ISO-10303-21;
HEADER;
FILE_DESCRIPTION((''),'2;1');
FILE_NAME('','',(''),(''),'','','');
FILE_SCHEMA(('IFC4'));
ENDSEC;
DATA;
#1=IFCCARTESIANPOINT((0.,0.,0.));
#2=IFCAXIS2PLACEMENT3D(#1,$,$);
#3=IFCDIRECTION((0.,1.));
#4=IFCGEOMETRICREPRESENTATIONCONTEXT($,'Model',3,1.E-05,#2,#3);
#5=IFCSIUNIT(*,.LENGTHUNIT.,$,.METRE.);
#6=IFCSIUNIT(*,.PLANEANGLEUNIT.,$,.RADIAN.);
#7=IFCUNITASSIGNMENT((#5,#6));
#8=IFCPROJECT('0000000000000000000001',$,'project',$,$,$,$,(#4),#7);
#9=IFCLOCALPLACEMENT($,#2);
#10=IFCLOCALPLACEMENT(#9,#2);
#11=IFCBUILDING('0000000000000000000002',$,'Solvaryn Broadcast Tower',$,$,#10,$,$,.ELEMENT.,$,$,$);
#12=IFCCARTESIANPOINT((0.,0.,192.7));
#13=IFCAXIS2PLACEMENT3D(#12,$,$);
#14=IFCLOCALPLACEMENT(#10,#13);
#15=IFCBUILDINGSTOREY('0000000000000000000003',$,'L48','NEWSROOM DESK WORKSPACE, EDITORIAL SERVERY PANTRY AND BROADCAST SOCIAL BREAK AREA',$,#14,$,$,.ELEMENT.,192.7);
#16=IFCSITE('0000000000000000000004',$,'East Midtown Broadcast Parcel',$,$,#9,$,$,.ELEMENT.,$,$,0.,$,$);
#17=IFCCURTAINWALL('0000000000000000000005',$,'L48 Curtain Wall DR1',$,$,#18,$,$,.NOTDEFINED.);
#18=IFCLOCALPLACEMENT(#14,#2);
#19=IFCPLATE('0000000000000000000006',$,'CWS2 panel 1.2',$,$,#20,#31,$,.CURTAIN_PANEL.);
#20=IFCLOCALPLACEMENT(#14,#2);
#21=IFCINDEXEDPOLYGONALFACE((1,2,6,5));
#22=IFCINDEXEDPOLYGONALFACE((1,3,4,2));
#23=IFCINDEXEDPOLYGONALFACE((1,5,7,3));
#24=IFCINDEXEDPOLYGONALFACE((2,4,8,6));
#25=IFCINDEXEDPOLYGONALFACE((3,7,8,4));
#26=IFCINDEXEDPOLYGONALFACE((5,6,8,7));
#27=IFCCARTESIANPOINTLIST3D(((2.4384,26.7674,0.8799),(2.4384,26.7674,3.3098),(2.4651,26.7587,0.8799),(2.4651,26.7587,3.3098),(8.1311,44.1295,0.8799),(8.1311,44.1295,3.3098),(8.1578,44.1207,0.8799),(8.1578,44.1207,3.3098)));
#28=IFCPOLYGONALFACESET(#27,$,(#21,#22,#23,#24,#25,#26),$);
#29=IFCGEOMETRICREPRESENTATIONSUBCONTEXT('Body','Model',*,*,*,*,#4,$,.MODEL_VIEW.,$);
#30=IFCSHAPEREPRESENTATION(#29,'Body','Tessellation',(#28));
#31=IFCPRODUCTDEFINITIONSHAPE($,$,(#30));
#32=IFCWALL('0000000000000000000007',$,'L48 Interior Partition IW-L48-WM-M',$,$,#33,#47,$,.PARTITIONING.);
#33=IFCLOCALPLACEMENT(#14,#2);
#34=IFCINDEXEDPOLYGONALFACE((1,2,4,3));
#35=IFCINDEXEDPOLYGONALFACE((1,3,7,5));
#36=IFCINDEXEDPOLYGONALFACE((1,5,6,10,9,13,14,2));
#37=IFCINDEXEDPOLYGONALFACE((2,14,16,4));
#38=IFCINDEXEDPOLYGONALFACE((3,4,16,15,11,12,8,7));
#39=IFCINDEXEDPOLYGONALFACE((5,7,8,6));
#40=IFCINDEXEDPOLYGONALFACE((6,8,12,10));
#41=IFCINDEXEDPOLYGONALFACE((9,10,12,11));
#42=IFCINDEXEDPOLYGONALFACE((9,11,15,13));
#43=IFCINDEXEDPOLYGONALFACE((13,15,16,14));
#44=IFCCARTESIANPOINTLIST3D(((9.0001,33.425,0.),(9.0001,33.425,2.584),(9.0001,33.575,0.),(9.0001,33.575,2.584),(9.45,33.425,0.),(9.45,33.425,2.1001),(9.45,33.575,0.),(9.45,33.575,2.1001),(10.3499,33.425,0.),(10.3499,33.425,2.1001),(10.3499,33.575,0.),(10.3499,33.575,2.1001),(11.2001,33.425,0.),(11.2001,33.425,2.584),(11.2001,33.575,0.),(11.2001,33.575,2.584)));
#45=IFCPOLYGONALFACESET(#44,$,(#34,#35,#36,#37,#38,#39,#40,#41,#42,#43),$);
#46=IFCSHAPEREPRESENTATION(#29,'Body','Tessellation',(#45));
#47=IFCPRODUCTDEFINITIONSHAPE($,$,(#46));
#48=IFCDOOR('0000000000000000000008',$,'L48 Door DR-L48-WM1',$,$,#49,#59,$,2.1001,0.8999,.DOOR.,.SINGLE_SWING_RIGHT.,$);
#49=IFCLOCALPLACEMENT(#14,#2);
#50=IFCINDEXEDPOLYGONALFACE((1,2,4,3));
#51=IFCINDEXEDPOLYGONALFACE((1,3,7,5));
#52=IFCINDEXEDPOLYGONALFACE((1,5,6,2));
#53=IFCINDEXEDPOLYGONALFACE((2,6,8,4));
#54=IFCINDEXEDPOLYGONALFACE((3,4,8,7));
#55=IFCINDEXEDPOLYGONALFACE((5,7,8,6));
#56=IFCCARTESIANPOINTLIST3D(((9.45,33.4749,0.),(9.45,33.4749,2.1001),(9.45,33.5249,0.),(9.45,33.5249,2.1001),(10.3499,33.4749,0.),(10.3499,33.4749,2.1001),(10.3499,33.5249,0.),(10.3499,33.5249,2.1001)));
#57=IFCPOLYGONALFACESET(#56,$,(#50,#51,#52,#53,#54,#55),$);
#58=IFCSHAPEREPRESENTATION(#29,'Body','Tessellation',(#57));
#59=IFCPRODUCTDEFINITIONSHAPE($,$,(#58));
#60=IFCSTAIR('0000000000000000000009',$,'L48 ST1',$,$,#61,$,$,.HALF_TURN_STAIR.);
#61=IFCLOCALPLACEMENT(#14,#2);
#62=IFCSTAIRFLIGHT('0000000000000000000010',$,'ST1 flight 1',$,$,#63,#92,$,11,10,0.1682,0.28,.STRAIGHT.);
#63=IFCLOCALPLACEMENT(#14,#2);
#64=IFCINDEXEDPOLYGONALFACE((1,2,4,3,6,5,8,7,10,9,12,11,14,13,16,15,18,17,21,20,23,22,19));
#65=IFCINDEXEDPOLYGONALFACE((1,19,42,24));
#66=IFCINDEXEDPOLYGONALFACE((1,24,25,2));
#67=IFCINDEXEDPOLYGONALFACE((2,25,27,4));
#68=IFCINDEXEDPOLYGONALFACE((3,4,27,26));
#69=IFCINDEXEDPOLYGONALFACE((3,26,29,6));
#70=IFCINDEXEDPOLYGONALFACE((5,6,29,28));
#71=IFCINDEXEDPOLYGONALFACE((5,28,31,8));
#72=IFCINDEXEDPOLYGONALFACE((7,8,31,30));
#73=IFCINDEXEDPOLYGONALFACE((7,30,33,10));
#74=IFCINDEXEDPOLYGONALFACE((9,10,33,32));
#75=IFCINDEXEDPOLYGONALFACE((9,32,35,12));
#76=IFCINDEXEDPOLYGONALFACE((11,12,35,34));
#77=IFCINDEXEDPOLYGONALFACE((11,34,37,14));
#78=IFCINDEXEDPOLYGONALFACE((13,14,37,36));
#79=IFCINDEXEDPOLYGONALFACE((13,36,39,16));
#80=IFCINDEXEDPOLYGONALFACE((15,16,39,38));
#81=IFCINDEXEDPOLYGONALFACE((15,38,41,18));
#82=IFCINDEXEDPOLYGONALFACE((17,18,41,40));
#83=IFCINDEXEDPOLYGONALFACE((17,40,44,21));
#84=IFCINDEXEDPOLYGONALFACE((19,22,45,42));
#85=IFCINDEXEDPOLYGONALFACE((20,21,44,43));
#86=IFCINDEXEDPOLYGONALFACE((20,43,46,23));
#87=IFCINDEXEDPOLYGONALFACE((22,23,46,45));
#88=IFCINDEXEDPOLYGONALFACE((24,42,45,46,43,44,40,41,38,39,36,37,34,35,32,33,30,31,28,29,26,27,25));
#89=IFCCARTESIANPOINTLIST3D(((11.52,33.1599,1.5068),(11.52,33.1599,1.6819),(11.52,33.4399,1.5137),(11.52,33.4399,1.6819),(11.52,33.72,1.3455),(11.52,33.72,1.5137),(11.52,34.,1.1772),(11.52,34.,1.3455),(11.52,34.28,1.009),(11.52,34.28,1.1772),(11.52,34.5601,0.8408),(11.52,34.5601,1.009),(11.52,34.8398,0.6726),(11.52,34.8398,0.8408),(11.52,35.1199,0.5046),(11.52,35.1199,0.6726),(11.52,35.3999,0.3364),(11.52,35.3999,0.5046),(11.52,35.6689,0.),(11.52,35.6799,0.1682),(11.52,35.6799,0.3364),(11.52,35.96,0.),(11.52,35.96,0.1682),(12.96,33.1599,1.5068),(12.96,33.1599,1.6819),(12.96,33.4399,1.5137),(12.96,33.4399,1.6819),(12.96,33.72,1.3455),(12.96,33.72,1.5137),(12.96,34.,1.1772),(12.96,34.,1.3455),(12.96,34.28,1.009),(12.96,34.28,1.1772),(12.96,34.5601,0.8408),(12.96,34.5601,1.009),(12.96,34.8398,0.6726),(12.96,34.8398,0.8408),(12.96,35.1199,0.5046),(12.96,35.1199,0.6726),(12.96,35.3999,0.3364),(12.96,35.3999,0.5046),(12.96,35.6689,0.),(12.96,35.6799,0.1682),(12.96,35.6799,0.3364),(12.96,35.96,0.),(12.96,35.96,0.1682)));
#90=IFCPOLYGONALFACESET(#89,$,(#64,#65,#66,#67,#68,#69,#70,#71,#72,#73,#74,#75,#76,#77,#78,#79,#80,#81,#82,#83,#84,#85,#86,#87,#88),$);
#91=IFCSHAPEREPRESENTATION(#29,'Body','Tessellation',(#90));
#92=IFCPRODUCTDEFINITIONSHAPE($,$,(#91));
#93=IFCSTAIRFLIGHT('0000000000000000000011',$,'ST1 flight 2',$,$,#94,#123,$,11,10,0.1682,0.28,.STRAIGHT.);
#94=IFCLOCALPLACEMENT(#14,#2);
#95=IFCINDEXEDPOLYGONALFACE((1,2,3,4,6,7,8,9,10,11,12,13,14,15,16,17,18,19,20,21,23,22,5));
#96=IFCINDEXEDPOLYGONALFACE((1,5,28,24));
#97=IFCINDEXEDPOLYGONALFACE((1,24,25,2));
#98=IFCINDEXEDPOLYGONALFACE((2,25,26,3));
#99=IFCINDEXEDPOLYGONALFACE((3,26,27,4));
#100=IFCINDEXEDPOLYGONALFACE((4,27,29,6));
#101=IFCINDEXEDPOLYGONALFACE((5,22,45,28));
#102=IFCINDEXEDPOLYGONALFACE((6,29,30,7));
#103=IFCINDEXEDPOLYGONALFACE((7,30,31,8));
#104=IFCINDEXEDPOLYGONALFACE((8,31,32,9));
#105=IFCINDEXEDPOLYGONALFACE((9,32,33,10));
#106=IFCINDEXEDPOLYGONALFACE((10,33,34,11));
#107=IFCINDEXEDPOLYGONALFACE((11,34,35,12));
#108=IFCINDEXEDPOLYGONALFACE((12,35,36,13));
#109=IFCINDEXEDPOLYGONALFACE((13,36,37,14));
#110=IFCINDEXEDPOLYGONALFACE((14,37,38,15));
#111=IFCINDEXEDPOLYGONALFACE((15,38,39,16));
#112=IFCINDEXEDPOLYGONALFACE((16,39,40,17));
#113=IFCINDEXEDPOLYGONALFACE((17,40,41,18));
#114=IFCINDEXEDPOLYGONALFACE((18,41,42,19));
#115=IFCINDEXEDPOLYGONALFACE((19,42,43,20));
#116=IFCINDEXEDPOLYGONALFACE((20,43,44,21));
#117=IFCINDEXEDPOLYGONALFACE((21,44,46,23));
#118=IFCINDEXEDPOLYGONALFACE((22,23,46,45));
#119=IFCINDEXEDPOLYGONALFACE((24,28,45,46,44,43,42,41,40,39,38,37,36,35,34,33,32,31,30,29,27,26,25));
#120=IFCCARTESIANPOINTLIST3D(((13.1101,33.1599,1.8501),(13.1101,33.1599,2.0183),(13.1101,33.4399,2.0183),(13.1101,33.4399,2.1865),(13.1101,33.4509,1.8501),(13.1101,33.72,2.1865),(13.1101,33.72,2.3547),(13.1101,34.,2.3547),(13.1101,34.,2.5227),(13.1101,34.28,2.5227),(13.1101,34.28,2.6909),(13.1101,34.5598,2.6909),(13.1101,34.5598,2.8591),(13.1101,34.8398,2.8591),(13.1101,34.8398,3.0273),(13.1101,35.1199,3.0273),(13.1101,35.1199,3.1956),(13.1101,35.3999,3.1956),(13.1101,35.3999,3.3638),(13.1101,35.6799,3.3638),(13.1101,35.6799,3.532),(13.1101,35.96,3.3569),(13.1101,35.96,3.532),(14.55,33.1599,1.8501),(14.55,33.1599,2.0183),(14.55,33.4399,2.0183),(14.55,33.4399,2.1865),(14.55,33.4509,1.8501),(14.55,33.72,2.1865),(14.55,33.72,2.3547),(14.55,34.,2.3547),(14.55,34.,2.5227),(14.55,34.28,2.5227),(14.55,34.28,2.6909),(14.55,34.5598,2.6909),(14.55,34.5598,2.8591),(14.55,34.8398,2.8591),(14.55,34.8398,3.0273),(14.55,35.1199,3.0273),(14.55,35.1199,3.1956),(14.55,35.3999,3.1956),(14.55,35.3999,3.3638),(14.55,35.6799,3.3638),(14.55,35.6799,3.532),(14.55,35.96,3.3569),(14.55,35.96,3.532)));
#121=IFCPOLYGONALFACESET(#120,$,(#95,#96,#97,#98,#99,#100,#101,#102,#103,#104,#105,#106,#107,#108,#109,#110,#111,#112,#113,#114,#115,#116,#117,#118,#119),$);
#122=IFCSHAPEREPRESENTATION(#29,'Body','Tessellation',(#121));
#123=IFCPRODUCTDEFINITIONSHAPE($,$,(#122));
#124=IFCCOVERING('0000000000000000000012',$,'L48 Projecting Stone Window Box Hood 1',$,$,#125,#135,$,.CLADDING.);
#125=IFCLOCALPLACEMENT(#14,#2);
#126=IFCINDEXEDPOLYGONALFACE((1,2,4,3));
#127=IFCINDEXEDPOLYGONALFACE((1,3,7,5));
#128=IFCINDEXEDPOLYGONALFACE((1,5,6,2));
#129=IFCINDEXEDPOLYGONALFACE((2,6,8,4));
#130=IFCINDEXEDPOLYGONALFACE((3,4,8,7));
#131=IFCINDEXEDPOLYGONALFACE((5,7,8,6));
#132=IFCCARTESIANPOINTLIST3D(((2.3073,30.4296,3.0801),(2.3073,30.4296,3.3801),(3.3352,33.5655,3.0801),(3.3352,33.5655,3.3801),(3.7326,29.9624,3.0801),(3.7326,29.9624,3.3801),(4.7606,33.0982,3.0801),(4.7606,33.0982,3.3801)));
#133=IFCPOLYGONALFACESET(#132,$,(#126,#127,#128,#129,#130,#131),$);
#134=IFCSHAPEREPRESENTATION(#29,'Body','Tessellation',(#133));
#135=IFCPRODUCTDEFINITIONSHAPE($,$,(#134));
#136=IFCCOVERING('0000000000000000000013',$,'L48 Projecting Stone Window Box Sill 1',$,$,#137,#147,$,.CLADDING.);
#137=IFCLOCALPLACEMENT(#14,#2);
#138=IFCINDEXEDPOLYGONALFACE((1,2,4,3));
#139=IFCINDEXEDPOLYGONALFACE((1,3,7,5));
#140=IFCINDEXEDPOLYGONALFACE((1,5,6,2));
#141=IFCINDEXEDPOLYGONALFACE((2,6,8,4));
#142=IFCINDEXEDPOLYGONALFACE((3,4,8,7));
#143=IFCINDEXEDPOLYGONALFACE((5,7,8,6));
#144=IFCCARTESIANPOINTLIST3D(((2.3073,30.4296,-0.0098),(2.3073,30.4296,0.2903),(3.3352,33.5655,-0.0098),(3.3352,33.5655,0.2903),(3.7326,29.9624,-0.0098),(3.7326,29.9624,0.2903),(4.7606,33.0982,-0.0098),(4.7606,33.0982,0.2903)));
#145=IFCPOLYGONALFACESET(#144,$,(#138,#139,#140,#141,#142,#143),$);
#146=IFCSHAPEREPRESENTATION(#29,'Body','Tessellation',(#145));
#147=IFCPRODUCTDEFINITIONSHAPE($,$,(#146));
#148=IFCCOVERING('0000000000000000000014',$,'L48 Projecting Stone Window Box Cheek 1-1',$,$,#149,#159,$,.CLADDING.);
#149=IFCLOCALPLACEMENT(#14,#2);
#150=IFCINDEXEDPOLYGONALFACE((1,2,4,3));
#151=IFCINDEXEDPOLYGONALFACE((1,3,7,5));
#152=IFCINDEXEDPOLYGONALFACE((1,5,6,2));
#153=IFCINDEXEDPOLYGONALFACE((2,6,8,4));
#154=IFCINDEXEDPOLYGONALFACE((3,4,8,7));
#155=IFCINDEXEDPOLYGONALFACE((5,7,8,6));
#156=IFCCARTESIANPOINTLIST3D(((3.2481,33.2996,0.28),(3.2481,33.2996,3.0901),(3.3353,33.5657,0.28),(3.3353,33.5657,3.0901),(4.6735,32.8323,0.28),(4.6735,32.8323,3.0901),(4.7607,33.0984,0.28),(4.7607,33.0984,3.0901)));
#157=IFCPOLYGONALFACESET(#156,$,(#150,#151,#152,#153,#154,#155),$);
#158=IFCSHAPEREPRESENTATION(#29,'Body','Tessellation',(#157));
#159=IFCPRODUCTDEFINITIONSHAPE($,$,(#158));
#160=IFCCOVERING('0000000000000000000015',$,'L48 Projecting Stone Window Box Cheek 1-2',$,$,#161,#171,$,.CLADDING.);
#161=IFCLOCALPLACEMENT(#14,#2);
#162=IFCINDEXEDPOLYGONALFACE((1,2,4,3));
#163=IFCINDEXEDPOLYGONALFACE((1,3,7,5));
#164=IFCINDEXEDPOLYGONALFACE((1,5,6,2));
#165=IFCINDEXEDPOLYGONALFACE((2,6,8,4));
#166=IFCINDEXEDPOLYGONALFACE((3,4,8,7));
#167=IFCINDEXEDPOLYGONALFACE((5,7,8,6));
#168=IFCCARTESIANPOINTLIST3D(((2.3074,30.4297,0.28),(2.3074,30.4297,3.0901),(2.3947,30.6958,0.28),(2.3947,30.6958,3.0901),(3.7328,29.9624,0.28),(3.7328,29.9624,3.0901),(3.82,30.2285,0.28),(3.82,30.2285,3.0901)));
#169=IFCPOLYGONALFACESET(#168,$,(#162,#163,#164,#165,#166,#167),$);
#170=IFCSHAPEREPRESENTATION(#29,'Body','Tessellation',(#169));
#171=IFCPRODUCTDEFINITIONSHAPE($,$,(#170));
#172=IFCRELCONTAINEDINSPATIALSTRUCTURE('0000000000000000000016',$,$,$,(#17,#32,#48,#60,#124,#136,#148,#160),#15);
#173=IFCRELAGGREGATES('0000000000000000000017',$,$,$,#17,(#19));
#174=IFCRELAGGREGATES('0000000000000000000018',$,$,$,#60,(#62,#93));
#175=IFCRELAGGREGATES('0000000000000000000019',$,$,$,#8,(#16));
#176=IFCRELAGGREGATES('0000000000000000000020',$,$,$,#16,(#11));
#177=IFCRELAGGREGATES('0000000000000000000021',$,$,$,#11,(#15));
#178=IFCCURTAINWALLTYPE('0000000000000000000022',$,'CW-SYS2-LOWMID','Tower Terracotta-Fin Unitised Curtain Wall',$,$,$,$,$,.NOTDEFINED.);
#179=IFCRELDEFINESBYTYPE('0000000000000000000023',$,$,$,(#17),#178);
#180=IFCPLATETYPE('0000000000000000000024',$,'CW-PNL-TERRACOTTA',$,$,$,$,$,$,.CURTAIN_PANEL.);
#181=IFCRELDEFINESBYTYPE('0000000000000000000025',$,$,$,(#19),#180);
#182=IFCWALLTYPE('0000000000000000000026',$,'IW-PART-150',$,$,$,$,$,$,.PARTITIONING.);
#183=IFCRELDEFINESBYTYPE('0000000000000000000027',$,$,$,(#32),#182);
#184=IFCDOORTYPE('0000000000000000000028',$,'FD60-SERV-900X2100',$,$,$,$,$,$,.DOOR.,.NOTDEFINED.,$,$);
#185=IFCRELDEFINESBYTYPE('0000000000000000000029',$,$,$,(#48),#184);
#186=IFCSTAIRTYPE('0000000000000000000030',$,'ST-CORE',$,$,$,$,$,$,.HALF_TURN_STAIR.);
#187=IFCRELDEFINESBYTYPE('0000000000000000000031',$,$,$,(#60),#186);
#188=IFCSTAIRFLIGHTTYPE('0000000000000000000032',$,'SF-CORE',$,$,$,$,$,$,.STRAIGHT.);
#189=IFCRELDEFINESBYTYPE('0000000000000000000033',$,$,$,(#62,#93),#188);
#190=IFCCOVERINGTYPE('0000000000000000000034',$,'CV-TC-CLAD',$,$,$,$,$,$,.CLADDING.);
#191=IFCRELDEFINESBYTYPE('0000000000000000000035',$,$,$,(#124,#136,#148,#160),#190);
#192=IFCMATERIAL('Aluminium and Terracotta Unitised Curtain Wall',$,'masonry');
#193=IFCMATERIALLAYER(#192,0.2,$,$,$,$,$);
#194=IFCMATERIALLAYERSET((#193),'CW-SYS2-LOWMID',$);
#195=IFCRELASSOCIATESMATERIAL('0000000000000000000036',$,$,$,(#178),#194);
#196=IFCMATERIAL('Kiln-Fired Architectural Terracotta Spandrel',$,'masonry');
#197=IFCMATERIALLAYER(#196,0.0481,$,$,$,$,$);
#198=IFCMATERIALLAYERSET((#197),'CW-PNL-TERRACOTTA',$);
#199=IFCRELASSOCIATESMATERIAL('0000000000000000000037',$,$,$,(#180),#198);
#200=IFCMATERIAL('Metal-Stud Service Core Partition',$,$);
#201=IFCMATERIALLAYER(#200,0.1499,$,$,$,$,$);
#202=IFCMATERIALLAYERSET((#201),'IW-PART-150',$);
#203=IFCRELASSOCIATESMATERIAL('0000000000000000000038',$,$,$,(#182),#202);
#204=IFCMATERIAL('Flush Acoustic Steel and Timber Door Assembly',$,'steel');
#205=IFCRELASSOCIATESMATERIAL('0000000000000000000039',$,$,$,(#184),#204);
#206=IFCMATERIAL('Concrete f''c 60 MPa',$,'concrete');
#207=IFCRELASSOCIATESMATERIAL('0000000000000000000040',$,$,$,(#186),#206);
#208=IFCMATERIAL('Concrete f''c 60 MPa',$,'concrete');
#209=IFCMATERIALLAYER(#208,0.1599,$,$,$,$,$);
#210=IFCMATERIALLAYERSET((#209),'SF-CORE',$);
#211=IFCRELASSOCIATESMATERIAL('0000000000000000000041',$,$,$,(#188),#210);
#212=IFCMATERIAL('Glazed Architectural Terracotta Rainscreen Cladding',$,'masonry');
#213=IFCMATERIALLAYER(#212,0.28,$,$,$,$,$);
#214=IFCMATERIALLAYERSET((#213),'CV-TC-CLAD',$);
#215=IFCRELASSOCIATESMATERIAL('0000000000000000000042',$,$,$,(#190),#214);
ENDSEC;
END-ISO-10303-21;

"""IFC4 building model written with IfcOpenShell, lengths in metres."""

from ifc_helpers import new_model, si_unit, direction, frame, frame_2d, origin, origin_2d, place, context, subcontext, project, spatial, polyline, rectangle, outline, extrude, material, layer, layer_set, type_object, element, fill, aggregate, save


model = new_model("IFC4")

# Units and contexts
model_context = context("Model", 3, precision=1e-05, world=origin(), true_north=direction((0.0, 1.0)))
body_context = subcontext(model_context, "Body", "Model", "MODEL_VIEW")
ifc_project = project(units=[si_unit("LENGTHUNIT", "METRE"), si_unit("PLANEANGLEUNIT", "RADIAN")], contexts=[model_context])

# Site, building, storey
site_placement = place(None, origin())
site = spatial("IfcSite", under=ifc_project, at=site_placement, Name="East Midtown Broadcast Parcel", CompositionType="ELEMENT", RefElevation=0.0)
building_placement = place(site_placement, origin())
building = spatial("IfcBuilding", under=site, at=building_placement, Name="Solvaryn Broadcast Tower", CompositionType="ELEMENT")
storey_placement = place(building_placement, frame((0.0, 0.0, 192.7)))
storey = spatial("IfcBuildingStorey", under=building, at=storey_placement, Name="L48", Description="NEWSROOM DESK WORKSPACE, EDITORIAL SERVERY PANTRY AND BROADCAST SOCIAL BREAK AREA", CompositionType="ELEMENT", Elevation=192.7)

# Curtain wall, plate
ifc_material_1 = material(Name="Aluminium and Terracotta Unitised Curtain Wall", Category="masonry")
ifc_layer_1 = layer(ifc_material_1, 0.2)
ifc_layer_set_1 = layer_set([ifc_layer_1], Name="CW-SYS2-LOWMID")
curtain_wall_type = type_object("IfcCurtainWallType", Name="CW-SYS2-LOWMID", Description="Tower Terracotta-Fin Unitised Curtain Wall", PredefinedType="NOTDEFINED", material=ifc_layer_set_1)
curtain_wall_placement = place(storey_placement, origin())
curtain_wall = element("IfcCurtainWall", 1, at=curtain_wall_placement, inside=storey, type_object=curtain_wall_type, Name="L48 Curtain Wall DR1", PredefinedType="NOTDEFINED")
ifc_material_2 = material(Name="Kiln-Fired Architectural Terracotta Spandrel", Category="masonry")
ifc_layer_2 = layer(ifc_material_2, 0.0481)
ifc_layer_set_2 = layer_set([ifc_layer_2], Name="CW-PNL-TERRACOTTA")
plate_type = type_object("IfcPlateType", Name="CW-PNL-TERRACOTTA", PredefinedType="CURTAIN_PANEL", material=ifc_layer_set_2)
plate_1_placement = place(storey_placement, frame((5.2981, 35.4441, 0.8799), z_axis=(0.0, 0.0, 1.0), x_axis=(-0.311559, -0.950227, 0.0)))
plate_1 = element("IfcPlate", 2, at=plate_1_placement, type_object=plate_type, Name="CWS2 panel 1.2", PredefinedType="CURTAIN_PANEL", context=body_context, shape_type="SweptSolid", body=[
    extrude(rectangle(XDim=18.2715, YDim=0.0281, at=origin_2d()), origin(), (0.0, 0.0, 1.0), 2.4299),
])
aggregate(curtain_wall, [plate_1])

# Wall, opening, door
ifc_material_3 = material(Name="Metal-Stud Service Core Partition")
ifc_layer_3 = layer(ifc_material_3, 0.1499)
ifc_layer_set_3 = layer_set([ifc_layer_3], Name="IW-PART-150")
wall_type = type_object("IfcWallType", Name="IW-PART-150", PredefinedType="PARTITIONING", material=ifc_layer_set_3)
wall_placement = place(storey_placement, frame((9.0, 33.5, 0.0), z_axis=(0.0, 0.0, 1.0), x_axis=(1.0, 0.0, 0.0)))
wall = element("IfcWall", 3, at=wall_placement, inside=storey, type_object=wall_type, Name="L48 Interior Partition IW-L48-WM-M", PredefinedType="PARTITIONING", context=body_context, shape_type="SweptSolid", body=[
    extrude(rectangle(XDim=2.2, YDim=0.1499, at=frame_2d((1.1001, 0.0))), origin(), (0.0, 0.0, 1.0), 2.584),
])
opening_placement = place(wall_placement, frame((0.45, 0.0, 0.0)))
opening = element("IfcOpeningElement", 4, at=opening_placement, cuts=wall, PredefinedType="OPENING", context=body_context, shape_type="SweptSolid", body=[
    extrude(rectangle(XDim=0.8999, YDim=2.1001, at=frame_2d((0.45, 1.05))), frame((0.0, 0.085, 0.0), z_axis=(0.0, -1.0, 0.0), x_axis=(1.0, 0.0, 0.0)), (0.0, 0.0, 1.0), 0.1699),
])
ifc_material_4 = material(Name="Flush Acoustic Steel and Timber Door Assembly", Category="steel")
door_type = type_object("IfcDoorType", Name="FD60-SERV-900X2100", OperationType="NOTDEFINED", PredefinedType="DOOR", material=ifc_material_4)
door_placement = place(opening_placement, origin())
door = element("IfcDoor", 5, at=door_placement, inside=storey, type_object=door_type, Name="L48 Door DR-L48-WM1", OperationType="SINGLE_SWING_RIGHT", OverallHeight=2.1001, OverallWidth=0.8999, PredefinedType="DOOR", context=body_context, shape_type="SweptSolid", body=[
    extrude(rectangle(XDim=0.8999, YDim=2.1001, at=frame_2d((0.45, 1.05))), frame((0.0, 0.0249, 0.0), z_axis=(0.0, -1.0, 0.0), x_axis=(1.0, 0.0, 0.0)), (0.0, 0.0, 1.0), 0.05),
])
fill(opening, door)

# Stair, stair flights
ifc_material_5 = material(Name="Concrete f'c 60 MPa", Category="concrete")
stair_type = type_object("IfcStairType", Name="ST-CORE", PredefinedType="HALF_TURN_STAIR", material=ifc_material_5)
stair_placement = place(storey_placement, origin())
stair = element("IfcStair", 6, at=stair_placement, inside=storey, type_object=stair_type, Name="L48 ST1", PredefinedType="HALF_TURN_STAIR")
ifc_material_6 = material(Name="Concrete f'c 60 MPa", Category="concrete")
ifc_layer_4 = layer(ifc_material_6, 0.1599)
ifc_layer_set_4 = layer_set([ifc_layer_4], Name="SF-CORE")
stair_flight_type = type_object("IfcStairFlightType", Name="SF-CORE", PredefinedType="STRAIGHT", material=ifc_layer_set_4)
stair_flight_1_placement = place(storey_placement, frame((12.24, 35.96, 0.0), z_axis=(0.0, 0.0, 1.0), x_axis=(0.0, -1.0, 0.0)))
stair_flight_1 = element("IfcStairFlight", 7, at=stair_flight_1_placement, type_object=stair_flight_type, Name="ST1 flight 1", NumberOfRisers=11, NumberOfTreads=10, PredefinedType="STRAIGHT", RiserHeight=0.1682, TreadLength=0.28, context=body_context, shape_type="SweptSolid", body=[
    extrude(outline(polyline([(0.0, 0.0), (0.0, 0.1682), (0.28, 0.1682), (0.28, 0.3364), (0.5601, 0.3364), (0.5601, 0.5046), (0.8401, 0.5046), (0.8401, 0.6726), (1.1201, 0.6726), (1.1201, 0.8408), (1.3999, 0.8408), (1.3999, 1.009), (1.6799, 1.009), (1.6799, 1.1772), (1.96, 1.1772), (1.96, 1.3455), (2.24, 1.3455), (2.24, 1.5137), (2.52, 1.5137), (2.52, 1.6819), (2.8, 1.6819), (2.8, 1.8501), (2.8, 1.5068), (0.291, 0.0), (0.0, 0.0)])), frame((0.0, 0.72, 0.0), z_axis=(0.0, -1.0, 0.0), x_axis=(1.0, 0.0, 0.0)), (0.0, 0.0, 1.0), 1.4399),
])
stair_flight_2_placement = place(storey_placement, frame((13.8301, 33.1599, 1.8501), z_axis=(0.0, 0.0, 1.0), x_axis=(0.0, 1.0, 0.0)))
stair_flight_2 = element("IfcStairFlight", 8, at=stair_flight_2_placement, type_object=stair_flight_type, Name="ST1 flight 2", NumberOfRisers=11, NumberOfTreads=10, PredefinedType="STRAIGHT", RiserHeight=0.1682, TreadLength=0.28, context=body_context, shape_type="SweptSolid", body=[
    extrude(outline(polyline([(0.0, 0.0), (0.0, 0.1682), (0.28, 0.1682), (0.28, 0.3364), (0.5601, 0.3364), (0.5601, 0.5046), (0.8401, 0.5046), (0.8401, 0.6726), (1.1201, 0.6726), (1.1201, 0.8408), (1.3999, 0.8408), (1.3999, 1.009), (1.6799, 1.009), (1.6799, 1.1772), (1.96, 1.1772), (1.96, 1.3455), (2.24, 1.3455), (2.24, 1.5137), (2.52, 1.5137), (2.52, 1.6819), (2.8, 1.6819), (2.8, 1.8501), (2.8, 1.5068), (0.291, 0.0), (0.0, 0.0)])), frame((0.0, 0.72, 0.0), z_axis=(0.0, -1.0, 0.0), x_axis=(1.0, 0.0, 0.0)), (0.0, 0.0, 1.0), 1.4399),
])
aggregate(stair, [stair_flight_1, stair_flight_2])

# Coverings
ifc_material_7 = material(Name="Glazed Architectural Terracotta Rainscreen Cladding", Category="masonry")
ifc_layer_5 = layer(ifc_material_7, 0.28)
ifc_layer_set_5 = layer_set([ifc_layer_5], Name="CV-TC-CLAD")
covering_type = type_object("IfcCoveringType", Name="CV-TC-CLAD", PredefinedType="CLADDING", material=ifc_layer_set_5)
for number, where, z_axis, x_axis, name in (
    (9, (3.5339, 31.7639, 3.0801), (0.0, 0.0, 1.0), (-0.311506, -0.950244, 0.0), "L48 Projecting Stone Window Box Hood 1"),
    (10, (3.5339, 31.7639, -0.0098), (0.0, 0.0, 1.0), (-0.311506, -0.950244, 0.0), "L48 Projecting Stone Window Box Sill 1"),
):
    element("IfcCovering", number, at=place(storey_placement, frame(where, z_axis=z_axis, x_axis=x_axis)), inside=storey, type_object=covering_type, Name=name, PredefinedType="CLADDING", context=body_context, shape_type="SweptSolid", body=[
        extrude(rectangle(XDim=3.3, YDim=1.5, at=origin_2d()), origin(), (0.0, 0.0, 1.0), 0.3),
    ])
for number, where, z_axis, x_axis, name in (
    (11, (4.0044, 33.199, 0.28), (0.0, 0.0, 1.0), (-0.311506, -0.950244, 0.0), "L48 Projecting Stone Window Box Cheek 1-1"),
    (12, (3.0637, 30.3291, 0.28), (0.0, 0.0, 1.0), (-0.311506, -0.950244, 0.0), "L48 Projecting Stone Window Box Cheek 1-2"),
):
    element("IfcCovering", number, at=place(storey_placement, frame(where, z_axis=z_axis, x_axis=x_axis)), inside=storey, type_object=covering_type, Name=name, PredefinedType="CLADDING", context=body_context, shape_type="SweptSolid", body=[
        extrude(rectangle(XDim=0.28, YDim=1.5, at=origin_2d()), origin(), (0.0, 0.0, 1.0), 2.8101),
    ])

save(model, "model.ifc")
